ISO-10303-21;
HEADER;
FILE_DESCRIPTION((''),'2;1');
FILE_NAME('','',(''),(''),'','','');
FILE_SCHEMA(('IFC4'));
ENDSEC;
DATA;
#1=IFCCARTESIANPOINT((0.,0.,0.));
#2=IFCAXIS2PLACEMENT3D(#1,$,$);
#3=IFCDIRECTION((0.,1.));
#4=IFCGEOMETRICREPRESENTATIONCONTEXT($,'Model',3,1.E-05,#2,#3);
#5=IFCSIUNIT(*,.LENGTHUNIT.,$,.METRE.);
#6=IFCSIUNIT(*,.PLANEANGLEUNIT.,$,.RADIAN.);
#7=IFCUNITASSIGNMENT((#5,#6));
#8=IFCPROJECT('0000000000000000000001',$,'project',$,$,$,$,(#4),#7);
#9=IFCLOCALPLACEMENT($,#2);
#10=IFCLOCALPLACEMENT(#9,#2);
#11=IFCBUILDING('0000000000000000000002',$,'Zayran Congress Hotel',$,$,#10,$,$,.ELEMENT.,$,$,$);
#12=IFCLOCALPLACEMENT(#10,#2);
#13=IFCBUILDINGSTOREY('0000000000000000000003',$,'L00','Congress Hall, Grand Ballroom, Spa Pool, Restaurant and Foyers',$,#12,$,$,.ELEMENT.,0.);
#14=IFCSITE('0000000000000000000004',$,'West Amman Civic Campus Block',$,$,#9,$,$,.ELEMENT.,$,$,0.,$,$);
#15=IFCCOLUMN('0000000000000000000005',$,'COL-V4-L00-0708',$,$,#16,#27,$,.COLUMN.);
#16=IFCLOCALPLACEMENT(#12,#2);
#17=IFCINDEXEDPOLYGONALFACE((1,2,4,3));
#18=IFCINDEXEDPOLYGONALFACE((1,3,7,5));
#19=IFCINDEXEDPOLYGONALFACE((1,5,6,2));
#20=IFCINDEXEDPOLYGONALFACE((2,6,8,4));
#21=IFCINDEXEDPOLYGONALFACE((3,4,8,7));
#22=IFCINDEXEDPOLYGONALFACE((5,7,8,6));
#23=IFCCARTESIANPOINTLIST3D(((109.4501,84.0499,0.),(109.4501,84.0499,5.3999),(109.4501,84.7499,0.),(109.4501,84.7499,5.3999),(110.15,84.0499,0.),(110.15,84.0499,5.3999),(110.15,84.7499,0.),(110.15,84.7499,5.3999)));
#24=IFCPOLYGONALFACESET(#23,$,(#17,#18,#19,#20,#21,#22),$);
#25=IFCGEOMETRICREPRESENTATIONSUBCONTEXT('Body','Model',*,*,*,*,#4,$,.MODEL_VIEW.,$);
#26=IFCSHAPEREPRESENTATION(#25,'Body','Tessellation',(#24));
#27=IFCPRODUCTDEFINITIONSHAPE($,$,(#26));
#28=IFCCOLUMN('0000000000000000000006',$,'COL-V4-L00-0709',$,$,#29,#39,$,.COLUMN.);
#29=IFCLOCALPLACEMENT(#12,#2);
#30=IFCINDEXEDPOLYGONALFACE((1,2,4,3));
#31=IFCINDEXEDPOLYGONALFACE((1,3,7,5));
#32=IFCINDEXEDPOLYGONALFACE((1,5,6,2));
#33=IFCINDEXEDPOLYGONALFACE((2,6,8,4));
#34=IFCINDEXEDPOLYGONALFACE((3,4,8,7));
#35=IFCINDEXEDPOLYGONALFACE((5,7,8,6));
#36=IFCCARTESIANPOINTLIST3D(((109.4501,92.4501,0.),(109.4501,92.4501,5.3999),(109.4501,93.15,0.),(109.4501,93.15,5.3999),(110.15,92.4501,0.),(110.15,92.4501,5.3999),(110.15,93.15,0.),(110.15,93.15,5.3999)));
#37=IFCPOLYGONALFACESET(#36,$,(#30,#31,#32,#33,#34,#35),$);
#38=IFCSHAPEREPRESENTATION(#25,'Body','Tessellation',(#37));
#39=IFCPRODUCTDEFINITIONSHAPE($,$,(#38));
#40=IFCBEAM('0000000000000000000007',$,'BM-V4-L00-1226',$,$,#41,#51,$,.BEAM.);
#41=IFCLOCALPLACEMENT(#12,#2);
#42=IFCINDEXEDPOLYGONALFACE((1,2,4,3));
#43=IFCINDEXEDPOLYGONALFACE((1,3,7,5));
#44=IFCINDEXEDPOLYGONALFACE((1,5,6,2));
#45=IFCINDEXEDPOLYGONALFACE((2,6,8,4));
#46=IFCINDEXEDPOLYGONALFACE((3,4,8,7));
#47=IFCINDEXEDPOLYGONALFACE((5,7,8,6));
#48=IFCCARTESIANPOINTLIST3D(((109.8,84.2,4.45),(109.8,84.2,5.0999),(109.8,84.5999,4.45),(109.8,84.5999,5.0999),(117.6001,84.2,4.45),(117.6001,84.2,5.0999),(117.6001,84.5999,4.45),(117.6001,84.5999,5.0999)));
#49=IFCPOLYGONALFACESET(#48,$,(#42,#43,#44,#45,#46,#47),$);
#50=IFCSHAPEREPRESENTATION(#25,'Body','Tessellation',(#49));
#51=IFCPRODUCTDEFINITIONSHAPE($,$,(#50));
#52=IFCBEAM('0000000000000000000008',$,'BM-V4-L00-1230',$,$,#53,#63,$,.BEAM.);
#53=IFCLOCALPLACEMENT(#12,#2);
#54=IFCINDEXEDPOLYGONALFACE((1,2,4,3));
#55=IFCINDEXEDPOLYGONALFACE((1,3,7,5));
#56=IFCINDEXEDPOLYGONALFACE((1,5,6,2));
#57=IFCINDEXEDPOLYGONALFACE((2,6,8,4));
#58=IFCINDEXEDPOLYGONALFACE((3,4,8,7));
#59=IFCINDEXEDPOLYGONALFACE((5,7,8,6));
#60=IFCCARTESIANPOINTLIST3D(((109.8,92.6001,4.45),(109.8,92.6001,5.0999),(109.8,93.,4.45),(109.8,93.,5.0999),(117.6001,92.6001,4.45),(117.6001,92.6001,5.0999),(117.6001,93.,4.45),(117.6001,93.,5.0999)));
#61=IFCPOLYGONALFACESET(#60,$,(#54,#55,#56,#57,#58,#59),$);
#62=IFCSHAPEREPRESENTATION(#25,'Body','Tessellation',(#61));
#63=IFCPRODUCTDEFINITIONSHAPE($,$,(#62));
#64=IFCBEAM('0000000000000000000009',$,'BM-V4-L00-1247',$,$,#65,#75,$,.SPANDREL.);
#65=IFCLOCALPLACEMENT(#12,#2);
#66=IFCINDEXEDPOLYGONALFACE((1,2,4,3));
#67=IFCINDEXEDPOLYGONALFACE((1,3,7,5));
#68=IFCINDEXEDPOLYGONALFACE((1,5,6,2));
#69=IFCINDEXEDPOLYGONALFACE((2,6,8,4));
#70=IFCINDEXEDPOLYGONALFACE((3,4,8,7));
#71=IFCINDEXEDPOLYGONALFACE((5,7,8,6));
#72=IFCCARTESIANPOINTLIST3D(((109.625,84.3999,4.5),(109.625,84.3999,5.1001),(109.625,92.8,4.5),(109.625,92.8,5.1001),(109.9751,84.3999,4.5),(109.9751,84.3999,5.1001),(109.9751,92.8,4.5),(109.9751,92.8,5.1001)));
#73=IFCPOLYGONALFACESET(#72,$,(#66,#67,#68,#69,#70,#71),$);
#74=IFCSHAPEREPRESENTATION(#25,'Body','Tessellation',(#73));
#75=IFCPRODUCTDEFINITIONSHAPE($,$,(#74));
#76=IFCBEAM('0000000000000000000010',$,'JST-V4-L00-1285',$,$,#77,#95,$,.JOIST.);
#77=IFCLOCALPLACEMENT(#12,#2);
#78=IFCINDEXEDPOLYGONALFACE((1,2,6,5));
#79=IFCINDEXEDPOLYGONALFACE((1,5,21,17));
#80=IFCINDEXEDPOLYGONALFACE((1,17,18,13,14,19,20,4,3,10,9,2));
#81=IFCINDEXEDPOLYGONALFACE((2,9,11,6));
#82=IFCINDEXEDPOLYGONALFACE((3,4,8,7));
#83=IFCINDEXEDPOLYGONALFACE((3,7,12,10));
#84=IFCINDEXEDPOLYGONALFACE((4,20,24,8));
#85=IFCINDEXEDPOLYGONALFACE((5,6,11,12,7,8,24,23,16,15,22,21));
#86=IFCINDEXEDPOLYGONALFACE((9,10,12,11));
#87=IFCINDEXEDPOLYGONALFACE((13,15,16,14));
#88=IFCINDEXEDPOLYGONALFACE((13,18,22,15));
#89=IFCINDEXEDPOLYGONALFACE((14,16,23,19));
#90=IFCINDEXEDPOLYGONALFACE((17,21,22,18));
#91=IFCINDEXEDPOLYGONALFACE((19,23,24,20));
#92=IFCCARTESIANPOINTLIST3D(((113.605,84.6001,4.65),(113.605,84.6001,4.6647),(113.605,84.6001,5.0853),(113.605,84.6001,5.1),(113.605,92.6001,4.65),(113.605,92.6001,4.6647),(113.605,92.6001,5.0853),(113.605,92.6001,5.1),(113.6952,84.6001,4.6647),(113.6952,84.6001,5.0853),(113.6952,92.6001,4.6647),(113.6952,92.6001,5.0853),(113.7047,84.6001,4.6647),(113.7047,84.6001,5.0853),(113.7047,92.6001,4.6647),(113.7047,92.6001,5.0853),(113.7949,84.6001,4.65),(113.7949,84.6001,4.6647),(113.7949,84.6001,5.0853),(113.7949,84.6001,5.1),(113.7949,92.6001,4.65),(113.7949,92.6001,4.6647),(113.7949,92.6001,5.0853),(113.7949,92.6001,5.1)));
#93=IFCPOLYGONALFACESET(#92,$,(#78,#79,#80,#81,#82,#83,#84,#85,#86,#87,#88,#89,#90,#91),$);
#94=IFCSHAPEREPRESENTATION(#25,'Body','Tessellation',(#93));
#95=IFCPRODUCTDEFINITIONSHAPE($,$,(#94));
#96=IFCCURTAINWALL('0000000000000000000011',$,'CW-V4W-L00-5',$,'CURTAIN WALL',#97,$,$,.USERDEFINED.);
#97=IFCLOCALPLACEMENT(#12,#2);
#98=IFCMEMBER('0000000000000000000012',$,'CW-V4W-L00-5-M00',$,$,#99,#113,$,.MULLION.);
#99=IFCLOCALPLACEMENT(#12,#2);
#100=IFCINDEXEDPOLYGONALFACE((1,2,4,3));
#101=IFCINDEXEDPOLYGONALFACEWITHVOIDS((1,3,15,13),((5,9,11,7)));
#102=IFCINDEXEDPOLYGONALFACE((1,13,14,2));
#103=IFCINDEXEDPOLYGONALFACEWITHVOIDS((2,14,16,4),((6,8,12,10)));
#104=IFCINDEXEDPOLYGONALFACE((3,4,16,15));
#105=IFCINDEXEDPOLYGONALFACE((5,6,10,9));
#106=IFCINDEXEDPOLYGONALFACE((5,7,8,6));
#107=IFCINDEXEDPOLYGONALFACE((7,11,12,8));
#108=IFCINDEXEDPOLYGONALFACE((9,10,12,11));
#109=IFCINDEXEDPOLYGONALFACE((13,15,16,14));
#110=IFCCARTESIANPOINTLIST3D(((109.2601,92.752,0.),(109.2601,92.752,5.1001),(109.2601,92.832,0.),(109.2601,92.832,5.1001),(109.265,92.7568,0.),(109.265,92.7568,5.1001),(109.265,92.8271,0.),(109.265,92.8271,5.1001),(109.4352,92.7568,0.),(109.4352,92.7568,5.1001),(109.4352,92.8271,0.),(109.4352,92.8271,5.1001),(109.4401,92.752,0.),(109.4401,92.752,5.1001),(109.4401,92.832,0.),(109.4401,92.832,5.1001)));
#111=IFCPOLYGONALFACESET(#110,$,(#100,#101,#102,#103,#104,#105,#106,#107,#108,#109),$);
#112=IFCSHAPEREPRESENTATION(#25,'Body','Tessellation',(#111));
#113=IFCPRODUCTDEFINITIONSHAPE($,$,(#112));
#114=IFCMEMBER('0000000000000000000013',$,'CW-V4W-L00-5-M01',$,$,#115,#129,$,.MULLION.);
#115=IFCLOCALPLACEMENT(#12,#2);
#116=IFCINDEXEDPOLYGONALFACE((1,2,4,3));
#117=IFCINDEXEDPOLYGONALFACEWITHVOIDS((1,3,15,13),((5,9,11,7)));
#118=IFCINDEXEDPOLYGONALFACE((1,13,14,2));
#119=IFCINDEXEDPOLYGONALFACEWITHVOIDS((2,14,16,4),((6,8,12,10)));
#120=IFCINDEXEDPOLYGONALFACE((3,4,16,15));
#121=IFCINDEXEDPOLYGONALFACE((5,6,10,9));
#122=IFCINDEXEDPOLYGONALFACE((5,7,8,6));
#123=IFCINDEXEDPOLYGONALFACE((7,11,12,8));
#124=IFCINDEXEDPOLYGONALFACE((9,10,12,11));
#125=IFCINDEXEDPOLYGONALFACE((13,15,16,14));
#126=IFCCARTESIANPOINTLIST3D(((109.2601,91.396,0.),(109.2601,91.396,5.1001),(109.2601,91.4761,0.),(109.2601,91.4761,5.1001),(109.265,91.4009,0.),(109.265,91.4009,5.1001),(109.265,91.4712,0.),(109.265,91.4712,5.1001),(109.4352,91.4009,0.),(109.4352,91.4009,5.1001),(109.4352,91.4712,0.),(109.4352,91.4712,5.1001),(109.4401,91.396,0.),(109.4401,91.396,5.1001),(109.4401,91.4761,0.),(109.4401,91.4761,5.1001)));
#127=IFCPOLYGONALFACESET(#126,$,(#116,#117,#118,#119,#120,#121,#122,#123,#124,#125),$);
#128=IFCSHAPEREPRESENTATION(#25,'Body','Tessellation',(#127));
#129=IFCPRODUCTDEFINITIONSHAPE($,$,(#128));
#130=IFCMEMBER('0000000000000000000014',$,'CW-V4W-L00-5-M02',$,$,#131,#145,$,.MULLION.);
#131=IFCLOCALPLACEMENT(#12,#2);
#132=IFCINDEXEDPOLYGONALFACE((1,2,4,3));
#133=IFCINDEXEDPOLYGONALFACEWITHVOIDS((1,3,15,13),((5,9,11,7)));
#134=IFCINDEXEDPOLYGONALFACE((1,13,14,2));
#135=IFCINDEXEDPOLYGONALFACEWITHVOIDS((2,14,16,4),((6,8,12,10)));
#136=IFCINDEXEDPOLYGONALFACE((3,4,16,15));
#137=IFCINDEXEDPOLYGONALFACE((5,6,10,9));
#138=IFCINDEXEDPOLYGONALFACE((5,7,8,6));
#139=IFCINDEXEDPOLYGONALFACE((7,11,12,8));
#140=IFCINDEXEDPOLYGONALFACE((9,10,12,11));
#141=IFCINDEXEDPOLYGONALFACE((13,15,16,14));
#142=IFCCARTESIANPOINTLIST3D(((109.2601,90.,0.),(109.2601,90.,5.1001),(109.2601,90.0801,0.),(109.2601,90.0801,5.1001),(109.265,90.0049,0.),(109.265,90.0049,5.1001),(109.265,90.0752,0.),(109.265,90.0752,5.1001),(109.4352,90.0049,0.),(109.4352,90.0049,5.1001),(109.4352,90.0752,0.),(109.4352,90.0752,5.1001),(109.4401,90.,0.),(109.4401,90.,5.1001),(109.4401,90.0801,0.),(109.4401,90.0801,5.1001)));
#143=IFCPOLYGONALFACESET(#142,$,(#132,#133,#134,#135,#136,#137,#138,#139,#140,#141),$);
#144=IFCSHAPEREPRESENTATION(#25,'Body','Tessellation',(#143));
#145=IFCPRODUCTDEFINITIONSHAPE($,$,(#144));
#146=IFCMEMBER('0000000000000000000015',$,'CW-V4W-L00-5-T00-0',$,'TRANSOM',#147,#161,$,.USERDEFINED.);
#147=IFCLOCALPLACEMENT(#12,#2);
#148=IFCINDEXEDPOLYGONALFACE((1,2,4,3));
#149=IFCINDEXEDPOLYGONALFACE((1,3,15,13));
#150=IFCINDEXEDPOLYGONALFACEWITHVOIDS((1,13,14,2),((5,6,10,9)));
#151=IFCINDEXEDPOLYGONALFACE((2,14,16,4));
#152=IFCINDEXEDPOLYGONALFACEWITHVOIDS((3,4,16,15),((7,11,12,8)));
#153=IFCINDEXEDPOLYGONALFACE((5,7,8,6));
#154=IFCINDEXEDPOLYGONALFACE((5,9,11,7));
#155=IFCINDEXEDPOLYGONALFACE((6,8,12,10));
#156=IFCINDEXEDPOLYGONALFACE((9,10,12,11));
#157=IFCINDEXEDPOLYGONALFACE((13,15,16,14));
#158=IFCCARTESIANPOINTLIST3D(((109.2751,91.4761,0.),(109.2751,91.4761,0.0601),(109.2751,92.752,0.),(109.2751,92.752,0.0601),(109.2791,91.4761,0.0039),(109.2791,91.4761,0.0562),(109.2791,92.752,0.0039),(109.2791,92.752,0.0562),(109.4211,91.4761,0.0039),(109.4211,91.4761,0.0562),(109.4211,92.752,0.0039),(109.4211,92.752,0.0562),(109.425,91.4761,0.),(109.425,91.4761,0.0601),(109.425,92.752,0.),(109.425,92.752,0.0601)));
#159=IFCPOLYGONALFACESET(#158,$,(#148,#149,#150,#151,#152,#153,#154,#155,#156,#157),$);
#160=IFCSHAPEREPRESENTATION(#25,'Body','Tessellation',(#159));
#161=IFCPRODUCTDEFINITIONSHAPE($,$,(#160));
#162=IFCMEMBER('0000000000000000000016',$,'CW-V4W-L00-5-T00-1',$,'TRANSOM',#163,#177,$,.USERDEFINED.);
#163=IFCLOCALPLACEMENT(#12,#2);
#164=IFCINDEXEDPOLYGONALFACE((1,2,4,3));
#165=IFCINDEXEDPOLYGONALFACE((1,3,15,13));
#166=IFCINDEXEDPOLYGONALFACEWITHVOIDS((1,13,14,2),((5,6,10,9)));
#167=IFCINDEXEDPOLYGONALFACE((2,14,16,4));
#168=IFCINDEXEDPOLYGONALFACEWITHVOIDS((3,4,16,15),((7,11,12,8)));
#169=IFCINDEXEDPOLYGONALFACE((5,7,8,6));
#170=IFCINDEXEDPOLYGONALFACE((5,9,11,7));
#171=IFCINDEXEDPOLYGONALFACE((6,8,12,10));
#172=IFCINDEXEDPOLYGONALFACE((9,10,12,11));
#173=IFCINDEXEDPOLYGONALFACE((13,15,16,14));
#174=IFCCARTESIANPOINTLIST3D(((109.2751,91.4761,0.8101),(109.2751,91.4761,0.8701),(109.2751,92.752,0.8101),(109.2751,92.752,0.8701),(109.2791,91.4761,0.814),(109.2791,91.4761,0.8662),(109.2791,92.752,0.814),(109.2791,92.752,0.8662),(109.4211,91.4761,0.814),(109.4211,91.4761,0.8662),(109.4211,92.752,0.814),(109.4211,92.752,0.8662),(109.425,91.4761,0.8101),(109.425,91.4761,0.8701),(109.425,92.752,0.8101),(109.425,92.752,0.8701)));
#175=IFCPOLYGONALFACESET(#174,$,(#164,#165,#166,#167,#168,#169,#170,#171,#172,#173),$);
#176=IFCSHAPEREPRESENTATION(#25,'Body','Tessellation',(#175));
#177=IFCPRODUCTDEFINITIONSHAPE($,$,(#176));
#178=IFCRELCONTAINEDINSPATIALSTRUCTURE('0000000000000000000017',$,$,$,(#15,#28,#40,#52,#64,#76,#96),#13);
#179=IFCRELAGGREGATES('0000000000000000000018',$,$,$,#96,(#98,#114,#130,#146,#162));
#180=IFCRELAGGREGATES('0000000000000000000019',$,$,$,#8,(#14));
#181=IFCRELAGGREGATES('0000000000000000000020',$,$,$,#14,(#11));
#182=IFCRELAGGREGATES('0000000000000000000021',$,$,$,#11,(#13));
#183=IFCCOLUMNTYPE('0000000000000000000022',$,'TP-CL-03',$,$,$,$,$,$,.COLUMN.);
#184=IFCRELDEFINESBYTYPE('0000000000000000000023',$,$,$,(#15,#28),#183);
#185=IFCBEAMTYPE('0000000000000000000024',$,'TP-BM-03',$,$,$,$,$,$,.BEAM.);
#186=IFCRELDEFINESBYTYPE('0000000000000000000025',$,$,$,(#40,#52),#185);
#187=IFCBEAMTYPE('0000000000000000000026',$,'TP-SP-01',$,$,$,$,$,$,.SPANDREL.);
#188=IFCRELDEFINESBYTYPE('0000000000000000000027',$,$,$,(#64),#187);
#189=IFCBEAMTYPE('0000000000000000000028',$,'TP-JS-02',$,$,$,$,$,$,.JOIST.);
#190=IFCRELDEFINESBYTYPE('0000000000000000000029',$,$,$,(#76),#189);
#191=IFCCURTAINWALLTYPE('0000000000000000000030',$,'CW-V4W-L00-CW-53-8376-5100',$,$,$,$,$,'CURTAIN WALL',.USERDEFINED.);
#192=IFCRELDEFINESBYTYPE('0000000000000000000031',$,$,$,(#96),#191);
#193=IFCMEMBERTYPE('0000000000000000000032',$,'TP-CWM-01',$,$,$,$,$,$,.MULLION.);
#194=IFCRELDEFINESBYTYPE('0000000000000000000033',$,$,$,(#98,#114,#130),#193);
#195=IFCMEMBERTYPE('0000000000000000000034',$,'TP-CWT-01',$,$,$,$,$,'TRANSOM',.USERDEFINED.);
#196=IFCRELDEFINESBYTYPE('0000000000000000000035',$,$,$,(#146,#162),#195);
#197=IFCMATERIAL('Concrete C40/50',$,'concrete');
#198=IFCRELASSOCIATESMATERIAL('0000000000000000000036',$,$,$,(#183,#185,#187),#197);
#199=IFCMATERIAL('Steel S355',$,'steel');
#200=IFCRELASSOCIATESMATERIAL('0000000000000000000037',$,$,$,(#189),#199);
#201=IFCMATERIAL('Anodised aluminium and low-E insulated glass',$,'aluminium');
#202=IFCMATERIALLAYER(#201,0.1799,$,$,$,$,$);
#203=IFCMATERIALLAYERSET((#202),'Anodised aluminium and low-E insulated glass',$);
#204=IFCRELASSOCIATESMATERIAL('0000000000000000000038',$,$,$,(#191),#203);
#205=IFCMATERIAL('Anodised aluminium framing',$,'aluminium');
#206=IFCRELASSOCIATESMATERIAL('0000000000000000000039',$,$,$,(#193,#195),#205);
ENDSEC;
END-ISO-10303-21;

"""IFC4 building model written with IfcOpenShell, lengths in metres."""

from ifc_helpers import new_model, si_unit, direction, frame, origin, origin_2d, place, context, subcontext, project, spatial, rectangle, hollow_rectangle, i_section, extrude, material, layer, layer_set, material_profile, profile_set, type_object, element, aggregate, save


model = new_model("IFC4")

# Units and contexts
model_context = context("Model", 3, precision=1e-05, world=origin(), true_north=direction((0.0, 1.0)))
body_context = subcontext(model_context, "Body", "Model", "MODEL_VIEW")
ifc_project = project(units=[si_unit("LENGTHUNIT", "METRE"), si_unit("PLANEANGLEUNIT", "RADIAN")], contexts=[model_context])

# Site, building, storey
site_placement = place(None, origin())
site = spatial("IfcSite", under=ifc_project, at=site_placement, Name="West Amman Civic Campus Block", CompositionType="ELEMENT", RefElevation=0.0)
building_placement = place(site_placement, origin())
building = spatial("IfcBuilding", under=site, at=building_placement, Name="Zayran Congress Hotel", CompositionType="ELEMENT")
storey_placement = place(building_placement, origin())
storey = spatial("IfcBuildingStorey", under=building, at=storey_placement, Name="L00", Description="Congress Hall, Grand Ballroom, Spa Pool, Restaurant and Foyers", CompositionType="ELEMENT", Elevation=0.0)

# Columns
ifc_material_1 = material(Name="Concrete C40/50", Category="concrete")
ifc_material_profile_1 = material_profile(ifc_material_1, rectangle(XDim=0.7, YDim=0.7, at=origin_2d()), Name="RC 700x700")
ifc_profile_set_1 = profile_set([ifc_material_profile_1], Name="Concrete C40/50")
column_type = type_object("IfcColumnType", Name="TP-CL-03", PredefinedType="COLUMN", material=ifc_profile_set_1)
for number, where, z_axis, x_axis, name in (
    (1, (109.8, 84.3999, 0.0), (0.0, 0.0, 1.0), (1.0, 0.0, 0.0), "COL-V4-L00-0708"),
    (2, (109.8, 92.8, 0.0), (0.0, 0.0, 1.0), (1.0, 0.0, 0.0), "COL-V4-L00-0709"),
):
    element("IfcColumn", number, at=place(storey_placement, frame(where, z_axis=z_axis, x_axis=x_axis)), inside=storey, type_object=column_type, Name=name, PredefinedType="COLUMN", context=body_context, shape_type="SweptSolid", body=[
        extrude(rectangle(XDim=0.7, YDim=0.7, at=origin_2d()), origin(), (0.0, 0.0, 1.0), 5.3999),
    ])

# Beams
ifc_material_profile_2 = material_profile(ifc_material_1, rectangle(XDim=0.3999, YDim=0.6499, at=origin_2d()), Name="RC 400x650")
ifc_profile_set_2 = profile_set([ifc_material_profile_2], Name="Concrete C40/50")
beam_type_1 = type_object("IfcBeamType", Name="TP-BM-03", PredefinedType="BEAM", material=ifc_profile_set_2)
for number, where, z_axis, x_axis, name in (
    (3, (109.8, 84.3999, 4.7749), (1.0, 0.0, 0.0), (0.0, 1.0, 0.0), "BM-V4-L00-1226"),
    (4, (109.8, 92.8, 4.7749), (1.0, 0.0, 0.0), (0.0, 1.0, 0.0), "BM-V4-L00-1230"),
):
    element("IfcBeam", number, at=place(storey_placement, frame(where, z_axis=z_axis, x_axis=x_axis)), inside=storey, type_object=beam_type_1, Name=name, PredefinedType="BEAM", context=body_context, shape_type="SweptSolid", body=[
        extrude(rectangle(XDim=0.3999, YDim=0.6499, at=origin_2d()), origin(), (0.0, 0.0, 1.0), 7.8),
    ])
ifc_material_profile_3 = material_profile(ifc_material_1, rectangle(XDim=0.3501, YDim=0.6001, at=origin_2d()), Name="RC 350x600")
ifc_profile_set_3 = profile_set([ifc_material_profile_3], Name="Concrete C40/50")
beam_type_2 = type_object("IfcBeamType", Name="TP-SP-01", PredefinedType="SPANDREL", material=ifc_profile_set_3)
beam_1_placement = place(storey_placement, frame((109.8, 84.3999, 4.8), z_axis=(0.0, 1.0, 0.0), x_axis=(-1.0, 0.0, 0.0)))
element("IfcBeam", 5, at=beam_1_placement, inside=storey, type_object=beam_type_2, Name="BM-V4-L00-1247", PredefinedType="SPANDREL", context=body_context, shape_type="SweptSolid", body=[
    extrude(rectangle(XDim=0.3501, YDim=0.6001, at=origin_2d()), origin(), (0.0, 0.0, 1.0), 8.4001),
])
ifc_material_2 = material(Name="Steel S355", Category="steel")
ifc_material_profile_4 = material_profile(ifc_material_2, i_section(OverallWidth=0.1899, OverallDepth=0.45, WebThickness=0.0095, FlangeThickness=0.0146, at=origin_2d()), Name="IPE 450")
ifc_profile_set_4 = profile_set([ifc_material_profile_4], Name="Steel S355")
beam_type_3 = type_object("IfcBeamType", Name="TP-JS-02", PredefinedType="JOIST", material=ifc_profile_set_4)
beam_2_placement = place(storey_placement, frame((113.7, 84.6001, 4.875), z_axis=(0.0, 1.0, 0.0), x_axis=(-1.0, 0.0, 0.0)))
element("IfcBeam", 6, at=beam_2_placement, inside=storey, type_object=beam_type_3, Name="JST-V4-L00-1285", PredefinedType="JOIST", context=body_context, shape_type="SweptSolid", body=[
    extrude(i_section(OverallWidth=0.1899, OverallDepth=0.45, WebThickness=0.0095, FlangeThickness=0.0146, at=origin_2d()), origin(), (0.0, 0.0, 1.0), 8.0),
])

# Curtain wall, members
ifc_material_3 = material(Name="Anodised aluminium and low-E insulated glass", Category="aluminium")
ifc_layer_1 = layer(ifc_material_3, 0.1799)
ifc_layer_set_1 = layer_set([ifc_layer_1], Name="Anodised aluminium and low-E insulated glass")
curtain_wall_type = type_object("IfcCurtainWallType", Name="CW-V4W-L00-CW-53-8376-5100", ElementType="CURTAIN WALL", PredefinedType="USERDEFINED", material=ifc_layer_set_1)
curtain_wall_placement = place(storey_placement, origin())
curtain_wall = element("IfcCurtainWall", 7, at=curtain_wall_placement, inside=storey, type_object=curtain_wall_type, Name="CW-V4W-L00-5", ObjectType="CURTAIN WALL", PredefinedType="USERDEFINED")
ifc_material_4 = material(Name="Anodised aluminium framing", Category="aluminium")
ifc_material_profile_5 = material_profile(ifc_material_4, hollow_rectangle(XDim=0.0801, YDim=0.1799, WallThickness=0.0049, at=origin_2d()), Name="RHS 180x80x5")
ifc_profile_set_5 = profile_set([ifc_material_profile_5], Name="Anodised aluminium framing")
member_type_1 = type_object("IfcMemberType", Name="TP-CWM-01", PredefinedType="MULLION", material=ifc_profile_set_5)
member_1_placement = place(storey_placement, frame((109.3501, 92.792, 0.0), z_axis=(0.0, 0.0, 1.0), x_axis=(0.0, 1.0, 0.0)))
member_1 = element("IfcMember", 8, at=member_1_placement, type_object=member_type_1, Name="CW-V4W-L00-5-M00", PredefinedType="MULLION", context=body_context, shape_type="SweptSolid", body=[
    extrude(hollow_rectangle(XDim=0.0801, YDim=0.1799, WallThickness=0.0049, at=origin_2d()), origin(), (0.0, 0.0, 1.0), 5.1001),
])
member_2_placement = place(storey_placement, frame((109.3501, 91.436, 0.0), z_axis=(0.0, 0.0, 1.0), x_axis=(0.0, 1.0, 0.0)))
member_2 = element("IfcMember", 9, at=member_2_placement, type_object=member_type_1, Name="CW-V4W-L00-5-M01", PredefinedType="MULLION", context=body_context, shape_type="SweptSolid", body=[
    extrude(hollow_rectangle(XDim=0.0801, YDim=0.1799, WallThickness=0.0049, at=origin_2d()), origin(), (0.0, 0.0, 1.0), 5.1001),
])
member_3_placement = place(storey_placement, frame((109.3501, 90.04, 0.0), z_axis=(0.0, 0.0, 1.0), x_axis=(0.0, 1.0, 0.0)))
member_3 = element("IfcMember", 10, at=member_3_placement, type_object=member_type_1, Name="CW-V4W-L00-5-M02", PredefinedType="MULLION", context=body_context, shape_type="SweptSolid", body=[
    extrude(hollow_rectangle(XDim=0.0801, YDim=0.1799, WallThickness=0.0049, at=origin_2d()), origin(), (0.0, 0.0, 1.0), 5.1001),
])
ifc_material_profile_6 = material_profile(ifc_material_4, hollow_rectangle(XDim=0.0601, YDim=0.1499, WallThickness=0.0039, at=origin_2d()), Name="RHS 150x60x4")
ifc_profile_set_6 = profile_set([ifc_material_profile_6], Name="Anodised aluminium framing")
member_type_2 = type_object("IfcMemberType", Name="TP-CWT-01", ElementType="TRANSOM", PredefinedType="USERDEFINED", material=ifc_profile_set_6)
member_4_placement = place(storey_placement, frame((109.3501, 92.752, 0.03), z_axis=(0.0, -1.0, 0.0), x_axis=(0.0, 0.0, 1.0)))
member_4 = element("IfcMember", 11, at=member_4_placement, type_object=member_type_2, Name="CW-V4W-L00-5-T00-0", ObjectType="TRANSOM", PredefinedType="USERDEFINED", context=body_context, shape_type="SweptSolid", body=[
    extrude(hollow_rectangle(XDim=0.0601, YDim=0.1499, WallThickness=0.0039, at=origin_2d()), origin(), (0.0, 0.0, 1.0), 1.2759),
])
member_5_placement = place(storey_placement, frame((109.3501, 92.752, 0.8401), z_axis=(0.0, -1.0, 0.0), x_axis=(0.0, 0.0, 1.0)))
member_5 = element("IfcMember", 12, at=member_5_placement, type_object=member_type_2, Name="CW-V4W-L00-5-T00-1", ObjectType="TRANSOM", PredefinedType="USERDEFINED", context=body_context, shape_type="SweptSolid", body=[
    extrude(hollow_rectangle(XDim=0.0601, YDim=0.1499, WallThickness=0.0039, at=origin_2d()), origin(), (0.0, 0.0, 1.0), 1.2759),
])
aggregate(curtain_wall, [member_1, member_2, member_3, member_4, member_5])

save(model, "model.ifc")
